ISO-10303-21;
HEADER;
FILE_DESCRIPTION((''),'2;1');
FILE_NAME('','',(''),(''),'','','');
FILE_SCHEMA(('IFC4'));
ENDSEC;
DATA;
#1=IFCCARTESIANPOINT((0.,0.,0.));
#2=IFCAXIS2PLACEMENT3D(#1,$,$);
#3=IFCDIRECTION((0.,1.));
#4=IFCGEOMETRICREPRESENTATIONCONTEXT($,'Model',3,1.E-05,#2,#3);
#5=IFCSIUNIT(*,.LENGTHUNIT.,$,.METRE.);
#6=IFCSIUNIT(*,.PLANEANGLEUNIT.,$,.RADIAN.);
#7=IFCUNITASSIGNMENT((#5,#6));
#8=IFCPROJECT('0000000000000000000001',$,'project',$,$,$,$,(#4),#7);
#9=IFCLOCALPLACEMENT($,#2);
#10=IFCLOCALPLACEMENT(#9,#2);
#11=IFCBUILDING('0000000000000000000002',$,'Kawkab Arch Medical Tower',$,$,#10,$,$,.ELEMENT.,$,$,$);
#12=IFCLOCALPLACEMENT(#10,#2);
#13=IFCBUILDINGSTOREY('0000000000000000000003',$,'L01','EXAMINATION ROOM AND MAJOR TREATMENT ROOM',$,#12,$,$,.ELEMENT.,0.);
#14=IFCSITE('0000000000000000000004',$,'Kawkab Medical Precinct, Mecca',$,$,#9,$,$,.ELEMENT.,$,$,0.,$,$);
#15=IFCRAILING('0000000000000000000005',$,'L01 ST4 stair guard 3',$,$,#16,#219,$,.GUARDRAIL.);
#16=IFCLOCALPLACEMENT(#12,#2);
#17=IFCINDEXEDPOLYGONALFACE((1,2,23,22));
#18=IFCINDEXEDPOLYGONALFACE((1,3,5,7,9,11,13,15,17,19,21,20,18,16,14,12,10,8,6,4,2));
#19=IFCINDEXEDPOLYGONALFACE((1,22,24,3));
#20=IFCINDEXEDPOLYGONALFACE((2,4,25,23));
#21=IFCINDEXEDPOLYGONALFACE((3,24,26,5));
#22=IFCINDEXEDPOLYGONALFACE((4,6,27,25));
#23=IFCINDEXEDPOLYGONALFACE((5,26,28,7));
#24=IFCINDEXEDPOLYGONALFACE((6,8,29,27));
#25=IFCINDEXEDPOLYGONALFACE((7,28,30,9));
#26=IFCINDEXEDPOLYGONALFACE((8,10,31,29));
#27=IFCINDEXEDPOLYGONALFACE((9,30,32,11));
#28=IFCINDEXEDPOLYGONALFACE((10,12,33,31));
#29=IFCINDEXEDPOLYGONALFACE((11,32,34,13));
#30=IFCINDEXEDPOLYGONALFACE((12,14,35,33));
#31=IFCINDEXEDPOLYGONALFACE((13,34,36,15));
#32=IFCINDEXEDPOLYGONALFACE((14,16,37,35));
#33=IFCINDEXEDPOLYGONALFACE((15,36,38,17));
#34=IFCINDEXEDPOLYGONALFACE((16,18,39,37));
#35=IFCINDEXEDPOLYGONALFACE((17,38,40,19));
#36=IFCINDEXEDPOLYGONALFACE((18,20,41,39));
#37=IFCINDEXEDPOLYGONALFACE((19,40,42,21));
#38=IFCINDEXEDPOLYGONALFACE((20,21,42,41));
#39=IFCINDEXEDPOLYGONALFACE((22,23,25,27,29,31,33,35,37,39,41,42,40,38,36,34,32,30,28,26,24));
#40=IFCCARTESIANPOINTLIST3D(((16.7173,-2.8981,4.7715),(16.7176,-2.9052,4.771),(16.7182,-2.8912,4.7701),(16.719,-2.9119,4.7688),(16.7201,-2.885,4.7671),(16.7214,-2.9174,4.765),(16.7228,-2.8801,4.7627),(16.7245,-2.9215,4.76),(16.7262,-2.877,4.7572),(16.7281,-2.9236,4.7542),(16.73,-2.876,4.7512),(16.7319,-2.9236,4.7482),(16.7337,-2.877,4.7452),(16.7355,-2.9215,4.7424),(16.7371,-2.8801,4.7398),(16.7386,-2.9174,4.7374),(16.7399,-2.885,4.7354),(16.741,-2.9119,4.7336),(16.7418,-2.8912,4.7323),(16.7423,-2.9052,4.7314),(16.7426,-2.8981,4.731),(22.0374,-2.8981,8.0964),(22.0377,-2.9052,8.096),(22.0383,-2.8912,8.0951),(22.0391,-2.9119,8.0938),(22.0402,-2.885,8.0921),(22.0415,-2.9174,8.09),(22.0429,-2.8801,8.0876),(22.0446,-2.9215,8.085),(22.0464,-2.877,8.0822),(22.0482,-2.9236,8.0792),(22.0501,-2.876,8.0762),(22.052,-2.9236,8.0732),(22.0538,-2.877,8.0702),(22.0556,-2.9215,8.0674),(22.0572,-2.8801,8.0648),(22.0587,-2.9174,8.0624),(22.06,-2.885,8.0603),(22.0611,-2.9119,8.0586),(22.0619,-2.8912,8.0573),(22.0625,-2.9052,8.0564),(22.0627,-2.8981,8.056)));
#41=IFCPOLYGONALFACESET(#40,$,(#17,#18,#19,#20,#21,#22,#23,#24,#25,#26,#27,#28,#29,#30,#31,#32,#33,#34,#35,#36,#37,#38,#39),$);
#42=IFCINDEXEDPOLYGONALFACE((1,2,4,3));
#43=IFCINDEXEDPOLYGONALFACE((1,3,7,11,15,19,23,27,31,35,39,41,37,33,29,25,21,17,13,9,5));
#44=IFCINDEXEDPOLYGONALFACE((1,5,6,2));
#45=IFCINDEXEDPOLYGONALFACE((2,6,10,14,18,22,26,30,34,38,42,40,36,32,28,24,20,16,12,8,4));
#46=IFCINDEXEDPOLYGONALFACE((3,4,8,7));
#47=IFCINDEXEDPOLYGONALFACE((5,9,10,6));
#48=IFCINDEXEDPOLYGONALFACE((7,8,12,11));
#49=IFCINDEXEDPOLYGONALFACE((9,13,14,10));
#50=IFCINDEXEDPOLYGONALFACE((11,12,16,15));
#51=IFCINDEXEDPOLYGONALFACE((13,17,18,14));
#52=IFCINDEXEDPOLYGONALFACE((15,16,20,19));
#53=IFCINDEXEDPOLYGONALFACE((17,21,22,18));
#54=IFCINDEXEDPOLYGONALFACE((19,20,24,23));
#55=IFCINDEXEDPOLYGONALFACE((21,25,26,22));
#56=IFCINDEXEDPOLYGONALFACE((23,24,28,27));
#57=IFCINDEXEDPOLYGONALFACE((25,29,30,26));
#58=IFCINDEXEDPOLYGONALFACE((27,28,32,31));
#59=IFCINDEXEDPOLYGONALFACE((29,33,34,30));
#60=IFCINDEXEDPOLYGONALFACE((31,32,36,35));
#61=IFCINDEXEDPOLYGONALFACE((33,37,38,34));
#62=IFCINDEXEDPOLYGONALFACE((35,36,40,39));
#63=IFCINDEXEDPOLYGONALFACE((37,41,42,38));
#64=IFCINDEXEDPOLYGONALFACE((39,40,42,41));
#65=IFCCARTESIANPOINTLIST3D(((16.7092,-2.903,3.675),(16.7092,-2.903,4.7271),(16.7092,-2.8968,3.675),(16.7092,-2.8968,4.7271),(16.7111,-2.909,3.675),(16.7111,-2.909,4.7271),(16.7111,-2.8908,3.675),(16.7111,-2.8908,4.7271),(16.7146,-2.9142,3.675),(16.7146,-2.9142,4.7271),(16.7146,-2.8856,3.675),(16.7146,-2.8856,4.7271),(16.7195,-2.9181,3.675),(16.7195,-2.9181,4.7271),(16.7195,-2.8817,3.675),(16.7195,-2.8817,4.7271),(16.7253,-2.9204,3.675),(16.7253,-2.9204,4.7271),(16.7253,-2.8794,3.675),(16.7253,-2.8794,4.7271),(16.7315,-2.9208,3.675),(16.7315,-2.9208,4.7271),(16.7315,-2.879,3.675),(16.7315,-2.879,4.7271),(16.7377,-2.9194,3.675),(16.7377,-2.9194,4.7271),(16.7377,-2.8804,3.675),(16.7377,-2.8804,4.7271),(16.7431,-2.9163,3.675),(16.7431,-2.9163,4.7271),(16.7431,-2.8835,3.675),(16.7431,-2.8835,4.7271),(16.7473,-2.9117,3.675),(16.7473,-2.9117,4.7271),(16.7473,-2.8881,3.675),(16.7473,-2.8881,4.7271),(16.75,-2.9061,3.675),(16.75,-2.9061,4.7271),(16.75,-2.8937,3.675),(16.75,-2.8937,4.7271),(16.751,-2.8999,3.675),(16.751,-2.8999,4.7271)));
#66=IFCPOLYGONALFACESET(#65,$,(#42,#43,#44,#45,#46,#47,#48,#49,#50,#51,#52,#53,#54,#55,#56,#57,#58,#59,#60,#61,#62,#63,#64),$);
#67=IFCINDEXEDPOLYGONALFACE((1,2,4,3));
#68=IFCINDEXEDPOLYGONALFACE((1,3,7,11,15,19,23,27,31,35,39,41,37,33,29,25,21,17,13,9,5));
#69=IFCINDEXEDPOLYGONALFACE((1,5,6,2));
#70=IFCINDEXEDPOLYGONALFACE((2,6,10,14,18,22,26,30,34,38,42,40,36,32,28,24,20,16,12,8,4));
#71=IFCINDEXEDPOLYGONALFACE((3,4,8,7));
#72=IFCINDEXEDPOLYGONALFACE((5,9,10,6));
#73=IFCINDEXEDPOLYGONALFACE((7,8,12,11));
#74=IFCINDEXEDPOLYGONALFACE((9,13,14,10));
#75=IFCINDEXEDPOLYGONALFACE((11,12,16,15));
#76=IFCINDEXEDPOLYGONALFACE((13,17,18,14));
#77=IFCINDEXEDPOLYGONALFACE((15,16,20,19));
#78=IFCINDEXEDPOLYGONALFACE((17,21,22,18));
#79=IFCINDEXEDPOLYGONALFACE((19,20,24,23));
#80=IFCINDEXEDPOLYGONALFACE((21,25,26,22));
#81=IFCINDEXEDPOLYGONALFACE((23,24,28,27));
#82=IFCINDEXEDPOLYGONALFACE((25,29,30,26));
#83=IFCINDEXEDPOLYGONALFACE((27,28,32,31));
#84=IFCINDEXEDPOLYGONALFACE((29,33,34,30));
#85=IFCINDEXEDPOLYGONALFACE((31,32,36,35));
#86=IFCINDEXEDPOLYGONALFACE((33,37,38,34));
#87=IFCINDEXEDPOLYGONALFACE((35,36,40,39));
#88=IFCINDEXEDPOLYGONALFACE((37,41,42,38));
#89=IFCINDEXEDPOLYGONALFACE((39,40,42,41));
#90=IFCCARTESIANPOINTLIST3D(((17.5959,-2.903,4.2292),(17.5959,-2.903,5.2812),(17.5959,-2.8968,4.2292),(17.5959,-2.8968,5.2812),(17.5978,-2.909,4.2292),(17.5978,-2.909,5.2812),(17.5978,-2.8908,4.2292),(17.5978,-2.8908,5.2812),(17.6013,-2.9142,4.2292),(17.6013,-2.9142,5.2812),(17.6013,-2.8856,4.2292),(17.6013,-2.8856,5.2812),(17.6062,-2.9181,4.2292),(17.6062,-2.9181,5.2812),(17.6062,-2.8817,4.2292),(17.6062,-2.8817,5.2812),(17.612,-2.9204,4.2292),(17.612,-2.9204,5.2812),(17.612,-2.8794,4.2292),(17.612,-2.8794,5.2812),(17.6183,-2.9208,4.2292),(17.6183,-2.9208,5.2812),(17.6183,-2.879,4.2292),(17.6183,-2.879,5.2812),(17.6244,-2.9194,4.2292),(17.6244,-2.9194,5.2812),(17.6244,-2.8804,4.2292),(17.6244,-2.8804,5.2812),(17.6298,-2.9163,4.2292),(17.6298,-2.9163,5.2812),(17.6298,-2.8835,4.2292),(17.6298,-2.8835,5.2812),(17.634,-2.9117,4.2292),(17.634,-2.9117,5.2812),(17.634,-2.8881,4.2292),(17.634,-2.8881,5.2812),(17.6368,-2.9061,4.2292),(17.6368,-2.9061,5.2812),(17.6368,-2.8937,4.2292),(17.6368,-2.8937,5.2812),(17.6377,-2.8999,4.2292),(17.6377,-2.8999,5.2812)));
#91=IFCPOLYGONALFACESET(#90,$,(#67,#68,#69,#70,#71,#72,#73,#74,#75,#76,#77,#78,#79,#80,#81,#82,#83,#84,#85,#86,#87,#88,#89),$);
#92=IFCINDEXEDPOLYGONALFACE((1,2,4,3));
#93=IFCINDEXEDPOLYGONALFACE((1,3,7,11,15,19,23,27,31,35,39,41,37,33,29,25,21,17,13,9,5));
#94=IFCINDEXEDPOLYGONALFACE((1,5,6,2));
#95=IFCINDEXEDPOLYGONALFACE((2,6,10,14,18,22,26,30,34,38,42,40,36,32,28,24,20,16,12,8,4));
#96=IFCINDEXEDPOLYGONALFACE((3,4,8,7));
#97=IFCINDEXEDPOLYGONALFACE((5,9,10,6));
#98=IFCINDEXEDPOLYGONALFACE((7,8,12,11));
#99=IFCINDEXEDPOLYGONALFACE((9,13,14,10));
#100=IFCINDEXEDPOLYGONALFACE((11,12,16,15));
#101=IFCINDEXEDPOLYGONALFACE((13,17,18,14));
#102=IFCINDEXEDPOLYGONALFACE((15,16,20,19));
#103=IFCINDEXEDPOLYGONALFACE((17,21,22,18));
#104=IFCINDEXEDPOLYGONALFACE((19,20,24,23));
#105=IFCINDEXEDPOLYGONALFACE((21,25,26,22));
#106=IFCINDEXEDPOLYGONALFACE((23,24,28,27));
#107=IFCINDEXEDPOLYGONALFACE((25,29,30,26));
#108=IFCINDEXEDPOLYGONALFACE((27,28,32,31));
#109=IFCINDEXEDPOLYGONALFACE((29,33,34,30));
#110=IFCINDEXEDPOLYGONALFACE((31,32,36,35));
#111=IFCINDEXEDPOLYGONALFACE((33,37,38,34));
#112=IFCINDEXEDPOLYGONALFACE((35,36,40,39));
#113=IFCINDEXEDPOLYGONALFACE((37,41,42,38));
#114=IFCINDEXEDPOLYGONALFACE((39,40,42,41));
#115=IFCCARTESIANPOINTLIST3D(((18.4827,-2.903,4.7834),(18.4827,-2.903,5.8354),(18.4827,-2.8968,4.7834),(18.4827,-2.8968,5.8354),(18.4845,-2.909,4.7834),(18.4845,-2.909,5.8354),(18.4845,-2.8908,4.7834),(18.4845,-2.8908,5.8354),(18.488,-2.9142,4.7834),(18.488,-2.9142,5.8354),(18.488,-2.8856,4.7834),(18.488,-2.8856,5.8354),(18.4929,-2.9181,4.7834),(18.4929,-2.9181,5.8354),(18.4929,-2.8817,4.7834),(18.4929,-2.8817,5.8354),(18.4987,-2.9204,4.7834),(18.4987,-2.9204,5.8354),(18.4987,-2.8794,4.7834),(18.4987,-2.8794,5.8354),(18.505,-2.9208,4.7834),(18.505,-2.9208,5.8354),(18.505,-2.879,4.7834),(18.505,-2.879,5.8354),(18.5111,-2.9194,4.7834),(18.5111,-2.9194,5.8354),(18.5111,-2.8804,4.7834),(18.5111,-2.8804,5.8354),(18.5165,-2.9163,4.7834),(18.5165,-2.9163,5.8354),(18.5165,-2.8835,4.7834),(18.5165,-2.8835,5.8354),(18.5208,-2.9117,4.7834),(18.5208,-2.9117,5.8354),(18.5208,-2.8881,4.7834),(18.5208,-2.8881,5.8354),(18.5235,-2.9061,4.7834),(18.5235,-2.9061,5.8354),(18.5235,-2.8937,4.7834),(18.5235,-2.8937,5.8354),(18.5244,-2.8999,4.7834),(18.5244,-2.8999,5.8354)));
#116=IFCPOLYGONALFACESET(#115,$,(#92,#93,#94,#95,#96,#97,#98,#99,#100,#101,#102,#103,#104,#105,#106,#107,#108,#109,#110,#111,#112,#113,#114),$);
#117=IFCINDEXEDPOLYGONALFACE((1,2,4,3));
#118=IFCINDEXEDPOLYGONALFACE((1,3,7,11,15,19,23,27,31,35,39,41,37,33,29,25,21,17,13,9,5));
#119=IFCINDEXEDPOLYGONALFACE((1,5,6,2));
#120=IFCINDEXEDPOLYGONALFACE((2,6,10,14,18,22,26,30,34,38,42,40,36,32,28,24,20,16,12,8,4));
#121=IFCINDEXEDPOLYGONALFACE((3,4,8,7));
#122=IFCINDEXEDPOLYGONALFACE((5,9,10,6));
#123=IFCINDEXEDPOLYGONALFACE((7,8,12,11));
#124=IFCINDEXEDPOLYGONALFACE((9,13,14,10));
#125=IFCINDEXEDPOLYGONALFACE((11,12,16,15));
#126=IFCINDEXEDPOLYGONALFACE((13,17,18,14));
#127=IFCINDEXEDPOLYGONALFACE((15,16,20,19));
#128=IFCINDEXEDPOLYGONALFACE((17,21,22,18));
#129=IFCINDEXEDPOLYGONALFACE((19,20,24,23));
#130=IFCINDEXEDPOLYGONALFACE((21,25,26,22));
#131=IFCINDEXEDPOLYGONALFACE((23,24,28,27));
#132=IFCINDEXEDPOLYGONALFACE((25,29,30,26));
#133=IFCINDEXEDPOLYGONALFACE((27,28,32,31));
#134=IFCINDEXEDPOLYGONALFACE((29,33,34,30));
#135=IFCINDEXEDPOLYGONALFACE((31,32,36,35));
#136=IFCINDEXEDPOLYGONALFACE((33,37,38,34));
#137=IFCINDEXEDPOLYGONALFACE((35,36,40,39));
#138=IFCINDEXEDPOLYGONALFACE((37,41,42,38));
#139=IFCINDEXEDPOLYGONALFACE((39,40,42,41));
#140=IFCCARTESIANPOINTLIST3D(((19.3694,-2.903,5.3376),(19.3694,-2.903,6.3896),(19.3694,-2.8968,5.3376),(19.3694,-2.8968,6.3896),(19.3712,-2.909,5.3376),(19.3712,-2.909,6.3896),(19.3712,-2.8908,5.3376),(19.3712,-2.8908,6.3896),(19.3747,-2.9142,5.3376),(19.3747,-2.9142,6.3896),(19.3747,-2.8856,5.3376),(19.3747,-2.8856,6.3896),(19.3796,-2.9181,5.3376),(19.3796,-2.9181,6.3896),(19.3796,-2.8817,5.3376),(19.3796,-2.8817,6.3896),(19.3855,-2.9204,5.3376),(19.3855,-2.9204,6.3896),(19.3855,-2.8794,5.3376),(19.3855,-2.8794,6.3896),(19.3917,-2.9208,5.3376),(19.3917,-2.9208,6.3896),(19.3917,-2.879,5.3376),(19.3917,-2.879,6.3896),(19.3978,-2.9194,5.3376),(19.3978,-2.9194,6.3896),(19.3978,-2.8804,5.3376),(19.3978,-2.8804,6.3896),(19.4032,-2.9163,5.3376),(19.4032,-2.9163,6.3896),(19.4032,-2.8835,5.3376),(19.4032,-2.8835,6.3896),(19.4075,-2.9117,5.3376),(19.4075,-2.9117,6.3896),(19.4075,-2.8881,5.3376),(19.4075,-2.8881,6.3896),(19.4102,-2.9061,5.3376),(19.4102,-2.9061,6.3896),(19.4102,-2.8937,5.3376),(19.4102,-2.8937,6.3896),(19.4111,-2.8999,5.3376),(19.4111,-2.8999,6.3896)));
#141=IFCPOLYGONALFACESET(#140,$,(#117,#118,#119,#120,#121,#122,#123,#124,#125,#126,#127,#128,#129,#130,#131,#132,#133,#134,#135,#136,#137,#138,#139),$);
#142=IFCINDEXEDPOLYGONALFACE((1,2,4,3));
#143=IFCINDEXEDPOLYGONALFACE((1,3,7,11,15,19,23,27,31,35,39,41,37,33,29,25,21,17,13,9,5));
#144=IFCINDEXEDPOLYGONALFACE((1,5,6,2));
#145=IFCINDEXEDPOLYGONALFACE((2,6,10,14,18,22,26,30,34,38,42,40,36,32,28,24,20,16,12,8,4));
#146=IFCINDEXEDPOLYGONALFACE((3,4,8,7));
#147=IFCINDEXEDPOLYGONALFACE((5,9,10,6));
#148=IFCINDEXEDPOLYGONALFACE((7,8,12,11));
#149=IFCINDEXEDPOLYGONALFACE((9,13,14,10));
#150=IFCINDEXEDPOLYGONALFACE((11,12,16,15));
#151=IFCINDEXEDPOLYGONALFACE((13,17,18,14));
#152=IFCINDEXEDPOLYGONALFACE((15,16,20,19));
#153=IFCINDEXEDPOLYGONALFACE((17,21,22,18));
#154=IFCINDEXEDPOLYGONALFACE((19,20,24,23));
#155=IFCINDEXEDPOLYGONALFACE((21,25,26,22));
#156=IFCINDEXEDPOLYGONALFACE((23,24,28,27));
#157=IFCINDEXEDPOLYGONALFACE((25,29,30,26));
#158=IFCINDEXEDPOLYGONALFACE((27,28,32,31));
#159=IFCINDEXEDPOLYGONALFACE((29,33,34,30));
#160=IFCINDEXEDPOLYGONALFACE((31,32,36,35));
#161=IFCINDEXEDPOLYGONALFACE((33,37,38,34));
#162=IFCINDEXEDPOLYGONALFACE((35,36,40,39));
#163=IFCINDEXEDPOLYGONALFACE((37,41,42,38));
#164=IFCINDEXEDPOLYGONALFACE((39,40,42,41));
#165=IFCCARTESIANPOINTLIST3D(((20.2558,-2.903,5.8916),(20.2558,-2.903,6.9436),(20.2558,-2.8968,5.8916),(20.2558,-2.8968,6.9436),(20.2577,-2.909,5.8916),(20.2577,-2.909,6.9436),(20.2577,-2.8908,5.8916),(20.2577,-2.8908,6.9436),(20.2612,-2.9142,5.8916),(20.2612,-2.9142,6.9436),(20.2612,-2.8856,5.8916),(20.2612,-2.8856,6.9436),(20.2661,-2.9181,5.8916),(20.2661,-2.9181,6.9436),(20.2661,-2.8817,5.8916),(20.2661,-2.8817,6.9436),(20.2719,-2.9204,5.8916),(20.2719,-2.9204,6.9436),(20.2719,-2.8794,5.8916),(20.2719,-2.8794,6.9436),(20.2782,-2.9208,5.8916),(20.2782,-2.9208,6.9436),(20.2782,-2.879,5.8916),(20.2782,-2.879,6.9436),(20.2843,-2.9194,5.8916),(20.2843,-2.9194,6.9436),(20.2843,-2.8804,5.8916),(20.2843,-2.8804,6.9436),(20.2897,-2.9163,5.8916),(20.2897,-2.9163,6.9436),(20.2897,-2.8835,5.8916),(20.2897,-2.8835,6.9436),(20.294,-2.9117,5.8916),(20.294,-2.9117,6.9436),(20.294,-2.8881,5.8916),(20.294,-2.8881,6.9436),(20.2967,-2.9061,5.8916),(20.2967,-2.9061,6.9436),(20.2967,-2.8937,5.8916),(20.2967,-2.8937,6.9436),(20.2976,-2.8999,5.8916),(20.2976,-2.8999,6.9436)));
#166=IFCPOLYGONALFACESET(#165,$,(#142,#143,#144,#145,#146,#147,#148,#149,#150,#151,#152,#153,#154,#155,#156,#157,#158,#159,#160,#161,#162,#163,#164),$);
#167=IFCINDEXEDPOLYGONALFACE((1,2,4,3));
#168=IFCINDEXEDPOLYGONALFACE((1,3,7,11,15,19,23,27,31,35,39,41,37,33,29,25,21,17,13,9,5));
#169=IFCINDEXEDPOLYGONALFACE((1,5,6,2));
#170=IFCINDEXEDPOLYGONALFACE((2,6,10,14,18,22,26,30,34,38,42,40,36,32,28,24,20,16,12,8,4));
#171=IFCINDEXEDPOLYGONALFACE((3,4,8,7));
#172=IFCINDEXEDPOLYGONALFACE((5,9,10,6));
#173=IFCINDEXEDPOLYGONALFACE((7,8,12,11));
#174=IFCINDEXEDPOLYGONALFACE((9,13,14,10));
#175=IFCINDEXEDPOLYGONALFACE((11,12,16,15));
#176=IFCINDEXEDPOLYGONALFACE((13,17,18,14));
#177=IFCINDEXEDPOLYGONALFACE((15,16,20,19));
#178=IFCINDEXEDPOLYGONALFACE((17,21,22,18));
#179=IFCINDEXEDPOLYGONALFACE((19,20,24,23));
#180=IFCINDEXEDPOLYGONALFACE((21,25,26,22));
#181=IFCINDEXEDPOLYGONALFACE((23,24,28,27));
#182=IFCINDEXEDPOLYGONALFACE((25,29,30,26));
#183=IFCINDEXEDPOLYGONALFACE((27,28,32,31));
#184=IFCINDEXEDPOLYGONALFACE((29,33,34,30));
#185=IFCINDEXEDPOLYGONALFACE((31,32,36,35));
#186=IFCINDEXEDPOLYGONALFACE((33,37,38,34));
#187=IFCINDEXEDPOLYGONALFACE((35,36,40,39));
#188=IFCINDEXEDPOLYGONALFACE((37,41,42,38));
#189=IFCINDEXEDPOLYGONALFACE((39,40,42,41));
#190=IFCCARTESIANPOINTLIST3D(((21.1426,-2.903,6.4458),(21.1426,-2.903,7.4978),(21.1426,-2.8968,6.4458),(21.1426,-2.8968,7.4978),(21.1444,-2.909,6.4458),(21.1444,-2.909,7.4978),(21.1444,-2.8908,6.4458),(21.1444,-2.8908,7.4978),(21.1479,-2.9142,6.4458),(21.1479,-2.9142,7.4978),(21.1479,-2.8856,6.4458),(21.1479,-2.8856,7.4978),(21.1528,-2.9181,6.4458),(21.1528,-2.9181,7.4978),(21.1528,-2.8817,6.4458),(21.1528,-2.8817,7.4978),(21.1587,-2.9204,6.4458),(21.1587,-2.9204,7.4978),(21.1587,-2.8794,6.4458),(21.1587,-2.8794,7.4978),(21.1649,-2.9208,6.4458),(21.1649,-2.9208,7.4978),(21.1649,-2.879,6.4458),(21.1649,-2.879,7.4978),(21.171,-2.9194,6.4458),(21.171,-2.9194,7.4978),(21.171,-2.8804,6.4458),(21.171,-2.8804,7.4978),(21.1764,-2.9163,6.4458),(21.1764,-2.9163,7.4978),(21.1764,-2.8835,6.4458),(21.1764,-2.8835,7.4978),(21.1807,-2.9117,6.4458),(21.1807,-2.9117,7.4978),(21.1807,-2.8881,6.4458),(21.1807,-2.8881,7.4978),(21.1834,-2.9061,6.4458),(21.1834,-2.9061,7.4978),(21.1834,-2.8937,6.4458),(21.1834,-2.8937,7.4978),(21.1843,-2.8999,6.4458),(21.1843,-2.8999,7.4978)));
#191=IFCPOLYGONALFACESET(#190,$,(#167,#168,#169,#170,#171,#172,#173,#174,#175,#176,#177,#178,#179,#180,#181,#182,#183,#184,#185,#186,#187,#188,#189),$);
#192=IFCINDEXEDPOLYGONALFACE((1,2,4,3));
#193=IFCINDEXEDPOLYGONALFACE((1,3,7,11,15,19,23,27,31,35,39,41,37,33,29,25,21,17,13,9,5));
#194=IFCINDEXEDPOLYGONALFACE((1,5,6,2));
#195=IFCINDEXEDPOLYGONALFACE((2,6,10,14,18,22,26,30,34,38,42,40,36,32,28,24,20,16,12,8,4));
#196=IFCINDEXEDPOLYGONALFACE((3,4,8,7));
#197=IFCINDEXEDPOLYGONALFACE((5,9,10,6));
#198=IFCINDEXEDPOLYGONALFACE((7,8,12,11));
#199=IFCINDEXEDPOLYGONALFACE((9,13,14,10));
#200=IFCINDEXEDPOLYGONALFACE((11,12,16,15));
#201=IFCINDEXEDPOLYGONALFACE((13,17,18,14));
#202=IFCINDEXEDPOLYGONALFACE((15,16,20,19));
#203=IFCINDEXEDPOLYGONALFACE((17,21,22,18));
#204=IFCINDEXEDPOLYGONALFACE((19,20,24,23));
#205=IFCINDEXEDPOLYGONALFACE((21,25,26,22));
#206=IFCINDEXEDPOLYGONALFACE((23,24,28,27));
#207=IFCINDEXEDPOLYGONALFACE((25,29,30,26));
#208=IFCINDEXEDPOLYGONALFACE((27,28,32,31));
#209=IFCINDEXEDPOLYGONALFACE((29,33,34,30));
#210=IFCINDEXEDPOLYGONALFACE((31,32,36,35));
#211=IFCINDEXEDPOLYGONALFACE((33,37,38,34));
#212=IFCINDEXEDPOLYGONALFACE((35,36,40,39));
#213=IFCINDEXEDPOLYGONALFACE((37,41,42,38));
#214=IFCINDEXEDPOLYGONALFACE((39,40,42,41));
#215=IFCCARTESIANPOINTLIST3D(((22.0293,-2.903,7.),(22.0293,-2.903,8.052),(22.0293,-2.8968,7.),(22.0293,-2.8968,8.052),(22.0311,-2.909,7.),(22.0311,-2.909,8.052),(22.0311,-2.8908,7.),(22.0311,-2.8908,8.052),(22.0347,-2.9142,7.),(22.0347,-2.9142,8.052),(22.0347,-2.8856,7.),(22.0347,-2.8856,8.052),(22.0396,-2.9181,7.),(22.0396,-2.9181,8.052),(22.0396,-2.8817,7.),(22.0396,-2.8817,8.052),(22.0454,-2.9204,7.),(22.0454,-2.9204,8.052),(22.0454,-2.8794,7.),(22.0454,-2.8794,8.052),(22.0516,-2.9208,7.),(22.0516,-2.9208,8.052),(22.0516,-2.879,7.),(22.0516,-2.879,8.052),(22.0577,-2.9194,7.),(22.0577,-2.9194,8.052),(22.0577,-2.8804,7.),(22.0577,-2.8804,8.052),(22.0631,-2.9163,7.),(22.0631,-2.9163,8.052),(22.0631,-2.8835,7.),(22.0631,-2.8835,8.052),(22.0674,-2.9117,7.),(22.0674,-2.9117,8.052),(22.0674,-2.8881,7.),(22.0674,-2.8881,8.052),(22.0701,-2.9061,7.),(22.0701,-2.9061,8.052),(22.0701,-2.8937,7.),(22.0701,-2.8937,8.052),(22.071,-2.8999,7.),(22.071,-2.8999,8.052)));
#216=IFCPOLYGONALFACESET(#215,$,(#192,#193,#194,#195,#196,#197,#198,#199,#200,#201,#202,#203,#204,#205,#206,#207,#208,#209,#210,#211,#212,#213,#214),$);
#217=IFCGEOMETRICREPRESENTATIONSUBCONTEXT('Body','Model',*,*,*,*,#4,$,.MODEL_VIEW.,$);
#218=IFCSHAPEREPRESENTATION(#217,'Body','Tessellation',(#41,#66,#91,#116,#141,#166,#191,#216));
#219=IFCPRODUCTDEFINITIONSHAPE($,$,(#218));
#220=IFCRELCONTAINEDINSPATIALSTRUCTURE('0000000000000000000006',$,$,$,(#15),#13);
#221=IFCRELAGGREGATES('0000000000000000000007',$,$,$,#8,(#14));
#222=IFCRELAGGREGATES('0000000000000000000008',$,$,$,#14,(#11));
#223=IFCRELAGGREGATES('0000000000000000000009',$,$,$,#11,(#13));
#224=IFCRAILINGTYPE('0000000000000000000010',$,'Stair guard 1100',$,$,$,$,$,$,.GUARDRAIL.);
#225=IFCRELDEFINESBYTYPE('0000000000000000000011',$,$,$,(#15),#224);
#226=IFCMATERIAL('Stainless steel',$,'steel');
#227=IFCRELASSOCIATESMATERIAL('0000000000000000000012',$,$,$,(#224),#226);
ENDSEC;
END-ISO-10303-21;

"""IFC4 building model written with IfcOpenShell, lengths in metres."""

from ifc_helpers import new_model, si_unit, direction, frame, origin, origin_2d, place, context, subcontext, project, spatial, circle, extrude, material, type_object, element, save


model = new_model("IFC4")

# Units and contexts
model_context = context("Model", 3, precision=1e-05, world=origin(), true_north=direction((0.0, 1.0)))
body_context = subcontext(model_context, "Body", "Model", "MODEL_VIEW")
ifc_project = project(units=[si_unit("LENGTHUNIT", "METRE"), si_unit("PLANEANGLEUNIT", "RADIAN")], contexts=[model_context])

# Site, building, storey
site_placement = place(None, origin())
site = spatial("IfcSite", under=ifc_project, at=site_placement, Name="Kawkab Medical Precinct, Mecca", CompositionType="ELEMENT", RefElevation=0.0)
building_placement = place(site_placement, origin())
building = spatial("IfcBuilding", under=site, at=building_placement, Name="Kawkab Arch Medical Tower", CompositionType="ELEMENT")
storey_placement = place(building_placement, origin())
storey = spatial("IfcBuildingStorey", under=building, at=storey_placement, Name="L01", Description="EXAMINATION ROOM AND MAJOR TREATMENT ROOM", CompositionType="ELEMENT", Elevation=0.0)

# Railing
ifc_material_1 = material(Name="Stainless steel", Category="steel")
railing_type = type_object("IfcRailingType", Name="Stair guard 1100", PredefinedType="GUARDRAIL", material=ifc_material_1)
railing_1_placement = place(storey_placement, frame((16.73, -2.8999, 3.675)))
element("IfcRailing", 1, at=railing_1_placement, inside=storey, type_object=railing_type, Name="L01 ST4 stair guard 3", PredefinedType="GUARDRAIL", context=body_context, shape_type="SweptSolid", body=[
    extrude(circle(Radius=0.0239, at=origin_2d()), frame((0.0, 0.0, 1.0762), z_axis=(0.848005, 0.0, 0.529988), x_axis=(0.0, 1.0, 0.0)), (0.0, 0.0, 1.0), 6.2737),
    extrude(circle(Radius=0.021, at=origin_2d()), origin(), (0.0, 0.0, 1.0), 1.052),
    extrude(circle(Radius=0.021, at=origin_2d()), frame((0.8867, 0.0, 0.5542)), (0.0, 0.0, 1.0), 1.052),
    extrude(circle(Radius=0.021, at=origin_2d()), frame((1.7734, 0.0, 1.1084)), (0.0, 0.0, 1.0), 1.052),
    extrude(circle(Radius=0.021, at=origin_2d()), frame((2.6602, 0.0, 1.6626)), (0.0, 0.0, 1.0), 1.052),
    extrude(circle(Radius=0.021, at=origin_2d()), frame((3.5466, 0.0, 2.2166)), (0.0, 0.0, 1.0), 1.052),
    extrude(circle(Radius=0.021, at=origin_2d()), frame((4.4333, 0.0, 2.7708)), (0.0, 0.0, 1.0), 1.052),
    extrude(circle(Radius=0.021, at=origin_2d()), frame((5.3201, 0.0, 3.325)), (0.0, 0.0, 1.0), 1.052),
])

save(model, "model.ifc")
